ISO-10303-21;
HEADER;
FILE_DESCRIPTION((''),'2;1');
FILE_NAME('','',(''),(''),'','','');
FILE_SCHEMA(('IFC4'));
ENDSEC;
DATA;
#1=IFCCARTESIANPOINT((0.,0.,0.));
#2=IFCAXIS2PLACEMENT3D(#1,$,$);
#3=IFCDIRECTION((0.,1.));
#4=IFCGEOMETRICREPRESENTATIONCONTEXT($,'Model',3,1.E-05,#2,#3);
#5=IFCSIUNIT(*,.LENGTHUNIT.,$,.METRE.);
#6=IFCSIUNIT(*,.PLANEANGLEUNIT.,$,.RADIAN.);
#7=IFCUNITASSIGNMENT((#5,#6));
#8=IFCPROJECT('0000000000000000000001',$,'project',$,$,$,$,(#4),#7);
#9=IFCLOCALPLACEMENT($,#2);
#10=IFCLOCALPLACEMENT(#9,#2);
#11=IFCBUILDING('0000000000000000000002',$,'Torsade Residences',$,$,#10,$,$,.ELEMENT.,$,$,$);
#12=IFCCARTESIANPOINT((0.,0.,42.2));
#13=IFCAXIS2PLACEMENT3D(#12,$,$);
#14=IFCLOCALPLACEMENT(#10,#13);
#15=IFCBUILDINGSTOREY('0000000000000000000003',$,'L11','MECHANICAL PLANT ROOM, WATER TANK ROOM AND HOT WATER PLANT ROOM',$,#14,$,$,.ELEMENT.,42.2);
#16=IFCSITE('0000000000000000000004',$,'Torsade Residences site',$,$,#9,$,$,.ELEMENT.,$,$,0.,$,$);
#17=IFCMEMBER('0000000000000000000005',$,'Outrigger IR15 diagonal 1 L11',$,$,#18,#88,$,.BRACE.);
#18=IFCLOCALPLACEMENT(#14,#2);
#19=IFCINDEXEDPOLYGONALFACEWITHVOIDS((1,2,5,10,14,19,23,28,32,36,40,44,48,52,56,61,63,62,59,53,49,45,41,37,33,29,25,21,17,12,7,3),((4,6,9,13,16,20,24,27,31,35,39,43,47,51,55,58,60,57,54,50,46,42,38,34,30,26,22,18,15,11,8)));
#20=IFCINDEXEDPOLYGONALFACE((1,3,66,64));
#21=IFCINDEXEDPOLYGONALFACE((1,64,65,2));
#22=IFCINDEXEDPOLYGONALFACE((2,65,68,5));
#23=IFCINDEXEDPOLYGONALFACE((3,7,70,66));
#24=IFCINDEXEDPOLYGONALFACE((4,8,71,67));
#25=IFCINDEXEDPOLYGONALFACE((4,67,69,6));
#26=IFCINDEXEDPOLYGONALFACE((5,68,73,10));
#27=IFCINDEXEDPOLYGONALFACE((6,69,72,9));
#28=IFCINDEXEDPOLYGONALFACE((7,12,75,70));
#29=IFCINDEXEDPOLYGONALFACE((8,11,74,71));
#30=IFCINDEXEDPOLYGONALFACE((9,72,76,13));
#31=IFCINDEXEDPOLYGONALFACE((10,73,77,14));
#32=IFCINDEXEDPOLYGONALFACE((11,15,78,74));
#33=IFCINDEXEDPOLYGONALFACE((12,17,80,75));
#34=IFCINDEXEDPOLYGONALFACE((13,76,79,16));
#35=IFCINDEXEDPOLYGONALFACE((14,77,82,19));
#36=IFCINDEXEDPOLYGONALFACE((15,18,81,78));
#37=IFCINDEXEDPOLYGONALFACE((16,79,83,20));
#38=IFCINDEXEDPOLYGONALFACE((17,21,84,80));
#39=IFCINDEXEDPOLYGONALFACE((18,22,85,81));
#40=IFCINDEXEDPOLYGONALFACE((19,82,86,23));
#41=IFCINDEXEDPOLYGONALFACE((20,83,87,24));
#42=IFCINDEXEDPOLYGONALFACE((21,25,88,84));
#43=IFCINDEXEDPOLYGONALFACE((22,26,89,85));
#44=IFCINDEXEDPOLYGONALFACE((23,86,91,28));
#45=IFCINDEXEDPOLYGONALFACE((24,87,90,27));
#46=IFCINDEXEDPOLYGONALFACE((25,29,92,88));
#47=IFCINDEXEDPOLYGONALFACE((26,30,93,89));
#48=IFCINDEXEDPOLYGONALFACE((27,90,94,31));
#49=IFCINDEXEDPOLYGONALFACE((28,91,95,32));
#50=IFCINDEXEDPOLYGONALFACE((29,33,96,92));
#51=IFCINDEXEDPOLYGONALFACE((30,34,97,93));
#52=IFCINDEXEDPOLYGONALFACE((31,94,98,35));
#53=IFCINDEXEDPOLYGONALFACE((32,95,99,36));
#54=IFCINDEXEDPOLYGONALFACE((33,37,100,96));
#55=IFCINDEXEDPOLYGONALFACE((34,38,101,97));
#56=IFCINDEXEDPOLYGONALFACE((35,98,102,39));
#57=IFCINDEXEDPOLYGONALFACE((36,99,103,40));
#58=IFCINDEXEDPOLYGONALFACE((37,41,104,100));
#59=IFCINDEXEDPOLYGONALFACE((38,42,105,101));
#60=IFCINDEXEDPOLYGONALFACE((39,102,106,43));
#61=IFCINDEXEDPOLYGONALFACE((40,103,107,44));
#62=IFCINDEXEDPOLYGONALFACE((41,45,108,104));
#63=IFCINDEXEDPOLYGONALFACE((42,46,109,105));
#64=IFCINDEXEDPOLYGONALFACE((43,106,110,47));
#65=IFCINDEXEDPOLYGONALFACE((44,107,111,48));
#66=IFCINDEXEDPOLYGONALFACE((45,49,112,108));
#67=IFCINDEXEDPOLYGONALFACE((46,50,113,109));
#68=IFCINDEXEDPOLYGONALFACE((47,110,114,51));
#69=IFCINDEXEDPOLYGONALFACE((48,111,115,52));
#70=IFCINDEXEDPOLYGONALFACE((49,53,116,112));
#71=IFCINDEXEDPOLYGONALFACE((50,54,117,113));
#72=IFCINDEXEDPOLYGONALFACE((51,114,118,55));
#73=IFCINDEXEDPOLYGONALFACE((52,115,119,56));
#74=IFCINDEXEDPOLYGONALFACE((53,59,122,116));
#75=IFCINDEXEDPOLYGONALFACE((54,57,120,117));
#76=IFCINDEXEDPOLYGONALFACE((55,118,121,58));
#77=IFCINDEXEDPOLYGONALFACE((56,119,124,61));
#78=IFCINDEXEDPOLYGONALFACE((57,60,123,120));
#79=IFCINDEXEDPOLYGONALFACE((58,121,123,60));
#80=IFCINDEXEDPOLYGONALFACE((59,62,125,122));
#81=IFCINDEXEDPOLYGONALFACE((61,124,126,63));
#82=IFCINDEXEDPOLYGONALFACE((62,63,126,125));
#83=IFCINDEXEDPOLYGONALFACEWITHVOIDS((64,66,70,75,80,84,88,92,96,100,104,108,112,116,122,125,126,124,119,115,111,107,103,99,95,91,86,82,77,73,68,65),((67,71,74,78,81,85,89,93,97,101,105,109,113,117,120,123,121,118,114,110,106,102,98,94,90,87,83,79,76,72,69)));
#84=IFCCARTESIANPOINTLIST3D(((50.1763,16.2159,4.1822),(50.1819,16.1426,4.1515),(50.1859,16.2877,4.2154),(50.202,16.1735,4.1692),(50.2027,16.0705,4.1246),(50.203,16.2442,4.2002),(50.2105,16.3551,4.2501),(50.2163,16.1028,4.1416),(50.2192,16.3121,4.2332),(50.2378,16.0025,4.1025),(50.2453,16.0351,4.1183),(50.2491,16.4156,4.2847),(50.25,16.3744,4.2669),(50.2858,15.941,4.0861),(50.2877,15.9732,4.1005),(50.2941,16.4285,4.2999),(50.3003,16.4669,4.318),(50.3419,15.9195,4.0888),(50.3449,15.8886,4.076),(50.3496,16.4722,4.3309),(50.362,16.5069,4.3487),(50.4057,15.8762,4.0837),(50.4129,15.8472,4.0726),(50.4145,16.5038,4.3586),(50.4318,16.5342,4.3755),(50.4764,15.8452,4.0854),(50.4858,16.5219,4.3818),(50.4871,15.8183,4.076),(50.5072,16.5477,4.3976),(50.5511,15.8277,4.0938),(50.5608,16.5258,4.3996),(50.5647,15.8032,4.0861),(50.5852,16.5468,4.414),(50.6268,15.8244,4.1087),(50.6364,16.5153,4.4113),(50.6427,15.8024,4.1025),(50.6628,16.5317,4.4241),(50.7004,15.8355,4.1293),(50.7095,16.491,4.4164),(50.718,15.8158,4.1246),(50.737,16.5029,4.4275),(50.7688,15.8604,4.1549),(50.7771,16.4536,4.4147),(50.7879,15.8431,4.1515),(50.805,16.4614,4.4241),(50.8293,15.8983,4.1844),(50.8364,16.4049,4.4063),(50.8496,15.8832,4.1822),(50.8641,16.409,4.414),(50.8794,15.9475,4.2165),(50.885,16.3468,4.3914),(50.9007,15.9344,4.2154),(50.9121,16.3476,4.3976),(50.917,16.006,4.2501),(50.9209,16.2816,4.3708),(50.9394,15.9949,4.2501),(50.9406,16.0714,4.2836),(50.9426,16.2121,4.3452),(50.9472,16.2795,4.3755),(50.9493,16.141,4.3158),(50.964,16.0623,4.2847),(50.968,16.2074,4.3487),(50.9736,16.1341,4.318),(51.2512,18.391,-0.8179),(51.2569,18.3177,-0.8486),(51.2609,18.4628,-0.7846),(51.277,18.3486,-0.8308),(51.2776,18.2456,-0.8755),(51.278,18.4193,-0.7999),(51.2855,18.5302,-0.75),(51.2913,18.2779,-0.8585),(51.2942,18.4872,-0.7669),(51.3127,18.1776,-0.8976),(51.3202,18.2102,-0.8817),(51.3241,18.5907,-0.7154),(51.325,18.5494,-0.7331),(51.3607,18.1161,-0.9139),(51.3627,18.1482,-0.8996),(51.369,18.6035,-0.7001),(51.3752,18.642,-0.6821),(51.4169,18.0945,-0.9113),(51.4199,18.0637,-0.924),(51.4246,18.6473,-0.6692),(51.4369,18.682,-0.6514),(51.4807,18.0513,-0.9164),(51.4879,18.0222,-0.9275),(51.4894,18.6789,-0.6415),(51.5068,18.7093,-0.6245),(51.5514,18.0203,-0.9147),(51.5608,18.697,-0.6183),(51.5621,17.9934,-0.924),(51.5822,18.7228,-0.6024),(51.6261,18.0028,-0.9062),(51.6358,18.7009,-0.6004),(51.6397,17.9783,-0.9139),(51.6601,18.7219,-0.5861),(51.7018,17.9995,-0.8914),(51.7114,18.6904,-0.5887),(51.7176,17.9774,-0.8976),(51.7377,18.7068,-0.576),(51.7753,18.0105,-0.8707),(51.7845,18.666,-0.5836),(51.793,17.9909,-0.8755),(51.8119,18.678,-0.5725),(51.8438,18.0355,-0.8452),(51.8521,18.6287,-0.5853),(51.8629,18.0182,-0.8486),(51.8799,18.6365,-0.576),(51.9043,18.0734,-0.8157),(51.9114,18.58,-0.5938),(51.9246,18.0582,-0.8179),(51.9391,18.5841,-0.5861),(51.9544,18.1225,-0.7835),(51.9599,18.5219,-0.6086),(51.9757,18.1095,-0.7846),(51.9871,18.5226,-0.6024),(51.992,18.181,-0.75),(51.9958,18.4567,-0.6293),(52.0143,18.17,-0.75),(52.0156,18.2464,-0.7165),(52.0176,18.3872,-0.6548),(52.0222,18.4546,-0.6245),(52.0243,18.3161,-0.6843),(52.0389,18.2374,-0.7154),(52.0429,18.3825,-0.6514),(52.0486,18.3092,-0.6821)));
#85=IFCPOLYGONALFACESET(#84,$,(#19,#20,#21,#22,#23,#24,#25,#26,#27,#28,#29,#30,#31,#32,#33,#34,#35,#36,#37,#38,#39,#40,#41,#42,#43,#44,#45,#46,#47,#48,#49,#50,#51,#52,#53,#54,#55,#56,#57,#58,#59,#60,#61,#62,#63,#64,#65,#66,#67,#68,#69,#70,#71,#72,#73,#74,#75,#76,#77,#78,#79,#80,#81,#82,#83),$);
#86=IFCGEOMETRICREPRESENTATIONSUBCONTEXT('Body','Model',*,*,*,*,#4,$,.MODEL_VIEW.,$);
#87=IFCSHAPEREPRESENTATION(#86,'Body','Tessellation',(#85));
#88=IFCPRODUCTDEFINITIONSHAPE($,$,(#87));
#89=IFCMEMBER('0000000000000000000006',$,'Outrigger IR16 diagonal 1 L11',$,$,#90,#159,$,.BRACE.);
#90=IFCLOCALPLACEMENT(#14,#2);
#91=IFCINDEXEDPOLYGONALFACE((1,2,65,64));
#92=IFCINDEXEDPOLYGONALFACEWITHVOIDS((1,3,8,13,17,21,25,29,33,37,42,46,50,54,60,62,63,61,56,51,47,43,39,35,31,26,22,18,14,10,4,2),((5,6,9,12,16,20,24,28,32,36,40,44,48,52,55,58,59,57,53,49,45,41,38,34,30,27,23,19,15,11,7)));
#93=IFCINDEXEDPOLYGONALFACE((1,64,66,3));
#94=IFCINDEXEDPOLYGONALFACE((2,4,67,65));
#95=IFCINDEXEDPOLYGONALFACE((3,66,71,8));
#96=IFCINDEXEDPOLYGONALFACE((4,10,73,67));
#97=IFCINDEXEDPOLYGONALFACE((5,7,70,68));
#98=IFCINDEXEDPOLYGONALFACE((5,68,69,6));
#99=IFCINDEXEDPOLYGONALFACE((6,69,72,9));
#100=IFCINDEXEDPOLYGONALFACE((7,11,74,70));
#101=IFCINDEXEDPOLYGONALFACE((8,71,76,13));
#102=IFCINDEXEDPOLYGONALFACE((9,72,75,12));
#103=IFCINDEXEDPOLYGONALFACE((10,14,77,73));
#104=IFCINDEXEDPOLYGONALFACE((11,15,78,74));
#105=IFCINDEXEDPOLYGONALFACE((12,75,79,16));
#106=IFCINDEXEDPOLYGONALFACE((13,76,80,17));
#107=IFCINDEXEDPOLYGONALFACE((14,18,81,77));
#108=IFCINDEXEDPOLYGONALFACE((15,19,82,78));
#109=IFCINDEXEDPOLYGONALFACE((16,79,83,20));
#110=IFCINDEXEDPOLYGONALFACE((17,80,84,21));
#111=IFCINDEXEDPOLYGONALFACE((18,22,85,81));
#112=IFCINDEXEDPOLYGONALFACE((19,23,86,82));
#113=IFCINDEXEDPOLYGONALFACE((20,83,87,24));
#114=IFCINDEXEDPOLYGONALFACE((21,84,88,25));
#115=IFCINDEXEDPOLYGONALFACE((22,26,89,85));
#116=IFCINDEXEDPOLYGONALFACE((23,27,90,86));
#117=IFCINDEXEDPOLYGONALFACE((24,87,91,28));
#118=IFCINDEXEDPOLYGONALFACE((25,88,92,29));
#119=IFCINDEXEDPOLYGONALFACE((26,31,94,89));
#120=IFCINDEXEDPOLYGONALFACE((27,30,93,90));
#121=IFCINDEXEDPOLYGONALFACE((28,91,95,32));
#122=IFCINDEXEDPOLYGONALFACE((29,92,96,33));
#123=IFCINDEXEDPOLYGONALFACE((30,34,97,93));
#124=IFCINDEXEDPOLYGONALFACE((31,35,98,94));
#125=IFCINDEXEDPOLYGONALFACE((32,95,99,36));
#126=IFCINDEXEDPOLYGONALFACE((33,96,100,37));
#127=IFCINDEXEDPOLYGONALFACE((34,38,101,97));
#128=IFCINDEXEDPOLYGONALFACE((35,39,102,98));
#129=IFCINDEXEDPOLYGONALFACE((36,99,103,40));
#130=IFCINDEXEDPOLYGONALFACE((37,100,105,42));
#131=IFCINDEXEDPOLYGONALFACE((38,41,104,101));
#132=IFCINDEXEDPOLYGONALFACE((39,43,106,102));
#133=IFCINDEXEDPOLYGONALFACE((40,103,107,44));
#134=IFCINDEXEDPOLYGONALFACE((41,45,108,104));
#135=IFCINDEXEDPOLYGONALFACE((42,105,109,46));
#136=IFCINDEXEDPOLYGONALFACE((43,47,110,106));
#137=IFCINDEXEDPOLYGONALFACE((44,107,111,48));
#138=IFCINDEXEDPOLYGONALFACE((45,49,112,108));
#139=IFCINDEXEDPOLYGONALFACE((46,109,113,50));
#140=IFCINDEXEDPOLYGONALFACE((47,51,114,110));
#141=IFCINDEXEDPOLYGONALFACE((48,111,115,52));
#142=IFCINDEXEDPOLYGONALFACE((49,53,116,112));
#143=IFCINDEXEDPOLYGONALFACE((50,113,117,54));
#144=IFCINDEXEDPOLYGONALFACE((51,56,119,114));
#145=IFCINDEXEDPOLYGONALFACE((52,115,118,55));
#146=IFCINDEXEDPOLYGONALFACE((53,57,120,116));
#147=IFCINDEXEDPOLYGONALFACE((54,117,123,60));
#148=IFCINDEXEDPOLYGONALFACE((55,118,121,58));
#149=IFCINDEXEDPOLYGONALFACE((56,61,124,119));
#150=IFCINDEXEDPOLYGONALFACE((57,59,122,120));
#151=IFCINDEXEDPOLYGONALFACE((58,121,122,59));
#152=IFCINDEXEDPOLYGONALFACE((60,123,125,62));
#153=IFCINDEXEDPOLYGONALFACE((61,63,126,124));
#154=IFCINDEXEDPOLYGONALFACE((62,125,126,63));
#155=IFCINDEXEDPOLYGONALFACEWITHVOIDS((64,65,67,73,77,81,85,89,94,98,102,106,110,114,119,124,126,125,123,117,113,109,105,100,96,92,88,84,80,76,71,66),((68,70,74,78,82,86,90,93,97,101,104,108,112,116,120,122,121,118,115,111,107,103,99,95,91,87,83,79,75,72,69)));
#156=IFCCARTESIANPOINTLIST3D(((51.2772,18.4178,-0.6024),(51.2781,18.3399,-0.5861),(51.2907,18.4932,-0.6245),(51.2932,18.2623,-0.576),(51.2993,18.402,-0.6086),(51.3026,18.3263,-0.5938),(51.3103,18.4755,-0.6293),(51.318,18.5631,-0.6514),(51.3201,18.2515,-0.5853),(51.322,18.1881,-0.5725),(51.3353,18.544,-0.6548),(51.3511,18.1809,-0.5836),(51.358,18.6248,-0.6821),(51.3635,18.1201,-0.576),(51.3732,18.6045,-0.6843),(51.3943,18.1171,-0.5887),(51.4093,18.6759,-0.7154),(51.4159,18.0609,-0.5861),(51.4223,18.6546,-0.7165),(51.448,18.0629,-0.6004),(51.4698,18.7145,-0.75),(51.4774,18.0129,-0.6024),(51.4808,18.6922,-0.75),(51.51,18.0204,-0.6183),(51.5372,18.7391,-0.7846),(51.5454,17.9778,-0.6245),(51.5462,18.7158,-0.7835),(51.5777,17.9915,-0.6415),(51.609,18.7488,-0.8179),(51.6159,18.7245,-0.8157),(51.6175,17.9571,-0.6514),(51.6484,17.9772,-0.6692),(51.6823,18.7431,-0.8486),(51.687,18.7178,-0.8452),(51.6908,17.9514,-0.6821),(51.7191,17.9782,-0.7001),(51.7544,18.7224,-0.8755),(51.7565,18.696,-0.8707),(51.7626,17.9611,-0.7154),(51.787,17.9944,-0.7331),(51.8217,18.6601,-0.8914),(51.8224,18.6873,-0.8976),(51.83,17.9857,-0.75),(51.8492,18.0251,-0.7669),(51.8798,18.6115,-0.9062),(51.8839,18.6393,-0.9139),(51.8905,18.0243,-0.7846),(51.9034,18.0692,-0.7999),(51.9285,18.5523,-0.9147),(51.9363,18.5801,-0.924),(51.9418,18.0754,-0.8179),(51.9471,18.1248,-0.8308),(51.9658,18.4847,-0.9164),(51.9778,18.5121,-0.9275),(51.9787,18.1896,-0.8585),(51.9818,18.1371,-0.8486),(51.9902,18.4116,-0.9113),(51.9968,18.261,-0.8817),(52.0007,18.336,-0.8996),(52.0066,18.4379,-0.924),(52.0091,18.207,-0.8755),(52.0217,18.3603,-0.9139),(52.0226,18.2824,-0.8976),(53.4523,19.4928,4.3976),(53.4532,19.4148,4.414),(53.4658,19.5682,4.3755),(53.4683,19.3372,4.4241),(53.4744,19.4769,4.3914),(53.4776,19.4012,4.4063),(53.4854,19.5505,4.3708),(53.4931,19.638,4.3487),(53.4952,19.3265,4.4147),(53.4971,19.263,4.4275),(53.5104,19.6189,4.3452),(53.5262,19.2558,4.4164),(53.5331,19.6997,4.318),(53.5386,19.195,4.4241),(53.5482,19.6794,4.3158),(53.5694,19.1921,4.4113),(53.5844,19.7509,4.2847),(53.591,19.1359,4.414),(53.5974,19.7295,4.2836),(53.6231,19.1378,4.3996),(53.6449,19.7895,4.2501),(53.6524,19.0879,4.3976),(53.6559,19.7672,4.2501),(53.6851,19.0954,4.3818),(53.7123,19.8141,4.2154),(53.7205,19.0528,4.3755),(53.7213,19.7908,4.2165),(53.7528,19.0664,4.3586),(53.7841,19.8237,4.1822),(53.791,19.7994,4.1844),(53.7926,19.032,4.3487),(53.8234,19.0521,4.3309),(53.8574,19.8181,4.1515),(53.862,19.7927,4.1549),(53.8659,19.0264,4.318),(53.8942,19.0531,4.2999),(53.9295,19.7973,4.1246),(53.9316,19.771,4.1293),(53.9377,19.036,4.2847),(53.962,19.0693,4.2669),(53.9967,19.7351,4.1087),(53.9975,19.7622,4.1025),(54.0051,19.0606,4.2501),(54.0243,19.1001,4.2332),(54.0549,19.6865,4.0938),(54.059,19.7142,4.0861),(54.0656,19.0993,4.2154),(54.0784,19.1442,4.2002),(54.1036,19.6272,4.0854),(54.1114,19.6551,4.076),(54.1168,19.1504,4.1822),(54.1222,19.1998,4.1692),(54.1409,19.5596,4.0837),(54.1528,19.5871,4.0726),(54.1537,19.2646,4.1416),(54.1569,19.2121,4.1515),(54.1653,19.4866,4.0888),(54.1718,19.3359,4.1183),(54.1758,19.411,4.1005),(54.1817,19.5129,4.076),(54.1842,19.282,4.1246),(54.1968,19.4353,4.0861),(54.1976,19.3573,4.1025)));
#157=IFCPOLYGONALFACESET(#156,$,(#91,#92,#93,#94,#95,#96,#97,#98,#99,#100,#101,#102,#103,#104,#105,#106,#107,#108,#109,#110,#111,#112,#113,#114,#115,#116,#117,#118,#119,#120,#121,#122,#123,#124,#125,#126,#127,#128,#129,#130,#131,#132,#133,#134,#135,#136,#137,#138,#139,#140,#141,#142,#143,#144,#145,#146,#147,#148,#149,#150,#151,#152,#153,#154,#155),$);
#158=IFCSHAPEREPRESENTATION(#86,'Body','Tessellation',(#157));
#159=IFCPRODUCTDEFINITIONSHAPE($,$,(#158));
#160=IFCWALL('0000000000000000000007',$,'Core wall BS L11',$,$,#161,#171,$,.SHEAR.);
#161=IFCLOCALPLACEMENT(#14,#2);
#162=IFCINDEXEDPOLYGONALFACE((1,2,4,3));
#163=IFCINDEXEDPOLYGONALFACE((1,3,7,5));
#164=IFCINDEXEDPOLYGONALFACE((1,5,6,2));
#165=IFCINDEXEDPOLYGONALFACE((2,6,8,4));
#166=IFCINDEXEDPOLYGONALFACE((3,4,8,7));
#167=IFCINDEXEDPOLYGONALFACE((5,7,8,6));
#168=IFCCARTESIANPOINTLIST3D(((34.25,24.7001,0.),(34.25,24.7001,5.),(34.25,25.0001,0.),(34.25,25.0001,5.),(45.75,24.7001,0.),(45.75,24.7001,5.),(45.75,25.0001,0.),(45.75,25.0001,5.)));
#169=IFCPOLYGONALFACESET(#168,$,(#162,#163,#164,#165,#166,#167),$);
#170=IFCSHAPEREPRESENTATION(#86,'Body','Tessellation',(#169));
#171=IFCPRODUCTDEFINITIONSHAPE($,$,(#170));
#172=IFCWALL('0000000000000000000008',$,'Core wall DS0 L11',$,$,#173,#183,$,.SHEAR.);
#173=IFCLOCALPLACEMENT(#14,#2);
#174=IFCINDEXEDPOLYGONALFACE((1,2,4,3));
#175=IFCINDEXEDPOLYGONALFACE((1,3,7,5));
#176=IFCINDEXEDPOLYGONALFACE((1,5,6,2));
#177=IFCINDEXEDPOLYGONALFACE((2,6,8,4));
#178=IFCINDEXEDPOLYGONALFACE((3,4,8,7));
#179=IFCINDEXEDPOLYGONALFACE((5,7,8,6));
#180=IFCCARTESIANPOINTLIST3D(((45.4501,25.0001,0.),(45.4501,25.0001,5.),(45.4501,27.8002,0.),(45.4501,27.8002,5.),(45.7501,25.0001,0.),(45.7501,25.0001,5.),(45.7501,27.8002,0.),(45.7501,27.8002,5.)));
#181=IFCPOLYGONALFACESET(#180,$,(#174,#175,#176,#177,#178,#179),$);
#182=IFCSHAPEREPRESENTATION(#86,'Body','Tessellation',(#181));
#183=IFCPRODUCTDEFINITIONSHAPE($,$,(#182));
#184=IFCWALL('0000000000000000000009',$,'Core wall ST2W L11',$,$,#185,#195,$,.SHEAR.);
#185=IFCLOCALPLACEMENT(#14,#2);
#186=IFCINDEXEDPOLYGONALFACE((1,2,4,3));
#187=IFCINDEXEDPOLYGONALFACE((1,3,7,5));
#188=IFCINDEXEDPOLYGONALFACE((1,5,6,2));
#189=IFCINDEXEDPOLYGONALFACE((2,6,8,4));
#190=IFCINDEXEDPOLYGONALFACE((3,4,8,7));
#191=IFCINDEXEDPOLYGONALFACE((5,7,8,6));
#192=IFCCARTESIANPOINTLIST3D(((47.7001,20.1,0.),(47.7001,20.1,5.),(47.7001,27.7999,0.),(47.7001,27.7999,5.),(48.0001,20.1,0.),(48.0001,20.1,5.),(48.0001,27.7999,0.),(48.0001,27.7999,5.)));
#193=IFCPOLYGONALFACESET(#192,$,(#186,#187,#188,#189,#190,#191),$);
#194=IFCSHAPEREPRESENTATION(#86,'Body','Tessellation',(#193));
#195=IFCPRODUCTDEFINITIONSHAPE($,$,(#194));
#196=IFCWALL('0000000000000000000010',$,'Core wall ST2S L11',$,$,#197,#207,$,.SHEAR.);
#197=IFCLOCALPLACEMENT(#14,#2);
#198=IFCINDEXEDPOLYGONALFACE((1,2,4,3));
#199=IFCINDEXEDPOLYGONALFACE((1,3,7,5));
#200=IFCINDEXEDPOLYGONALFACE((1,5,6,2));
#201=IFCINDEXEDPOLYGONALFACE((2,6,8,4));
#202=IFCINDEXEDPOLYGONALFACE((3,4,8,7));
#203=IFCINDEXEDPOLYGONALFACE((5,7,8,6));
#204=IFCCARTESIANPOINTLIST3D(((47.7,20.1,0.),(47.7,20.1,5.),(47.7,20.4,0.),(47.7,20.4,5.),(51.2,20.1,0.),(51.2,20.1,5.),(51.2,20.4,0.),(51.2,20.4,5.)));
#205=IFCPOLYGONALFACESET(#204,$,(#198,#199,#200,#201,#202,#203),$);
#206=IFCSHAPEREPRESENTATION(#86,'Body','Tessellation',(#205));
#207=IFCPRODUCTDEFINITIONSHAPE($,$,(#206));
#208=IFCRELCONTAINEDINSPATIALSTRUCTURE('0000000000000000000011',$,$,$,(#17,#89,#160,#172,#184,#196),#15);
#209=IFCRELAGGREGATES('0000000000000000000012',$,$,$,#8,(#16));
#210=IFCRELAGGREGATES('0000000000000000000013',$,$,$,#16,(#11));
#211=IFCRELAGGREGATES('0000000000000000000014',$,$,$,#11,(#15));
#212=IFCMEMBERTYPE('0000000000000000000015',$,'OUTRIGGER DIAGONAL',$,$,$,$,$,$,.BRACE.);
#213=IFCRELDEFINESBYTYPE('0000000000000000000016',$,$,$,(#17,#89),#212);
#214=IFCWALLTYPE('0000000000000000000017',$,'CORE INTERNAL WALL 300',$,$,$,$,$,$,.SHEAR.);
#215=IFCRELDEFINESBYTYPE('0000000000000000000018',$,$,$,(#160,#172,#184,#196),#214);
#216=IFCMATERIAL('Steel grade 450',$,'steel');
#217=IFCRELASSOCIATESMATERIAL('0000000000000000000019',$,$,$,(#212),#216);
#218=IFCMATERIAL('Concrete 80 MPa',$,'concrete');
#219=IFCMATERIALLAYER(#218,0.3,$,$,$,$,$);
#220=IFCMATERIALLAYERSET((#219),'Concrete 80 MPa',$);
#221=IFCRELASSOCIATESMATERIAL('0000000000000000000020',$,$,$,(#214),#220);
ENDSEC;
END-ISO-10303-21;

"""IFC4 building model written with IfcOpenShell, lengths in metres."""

from ifc_helpers import new_model, si_unit, direction, frame, frame_2d, origin, origin_2d, place, context, subcontext, project, spatial, rectangle, hollow_circle, extrude, material, layer, layer_set, material_profile, profile_set, type_object, element, save


model = new_model("IFC4")

# Units and contexts
model_context = context("Model", 3, precision=1e-05, world=origin(), true_north=direction((0.0, 1.0)))
body_context = subcontext(model_context, "Body", "Model", "MODEL_VIEW")
ifc_project = project(units=[si_unit("LENGTHUNIT", "METRE"), si_unit("PLANEANGLEUNIT", "RADIAN")], contexts=[model_context])

# Site, building, storey
site_placement = place(None, origin())
site = spatial("IfcSite", under=ifc_project, at=site_placement, Name="Torsade Residences site", CompositionType="ELEMENT", RefElevation=0.0)
building_placement = place(site_placement, origin())
building = spatial("IfcBuilding", under=site, at=building_placement, Name="Torsade Residences", CompositionType="ELEMENT")
storey_placement = place(building_placement, frame((0.0, 0.0, 42.2)))
storey = spatial("IfcBuildingStorey", under=building, at=storey_placement, Name="L11", Description="MECHANICAL PLANT ROOM, WATER TANK ROOM AND HOT WATER PLANT ROOM", CompositionType="ELEMENT", Elevation=42.2)

# Members
ifc_material_1 = material(Name="Steel grade 450", Category="steel")
ifc_material_profile_1 = material_profile(ifc_material_1, hollow_circle(Radius=0.4065, WallThickness=0.0249, at=origin_2d()), Name="813.0x25.0CHS")
ifc_profile_set_1 = profile_set([ifc_material_profile_1], Name="Steel grade 450")
member_type_1 = type_object("IfcMemberType", Name="OUTRIGGER DIAGONAL", PredefinedType="BRACE", material=ifc_profile_set_1)
for number, where, z_axis, x_axis, name in (
    (1, (51.6499, 18.3501, -0.75), (-0.193422, -0.391368, 0.899677), (0.896491, -0.443063, 0.0), "Outrigger IR15 diagonal 1 L11"),
    (2, (51.6499, 18.3501, -0.75), (0.391368, 0.193422, 0.899677), (-0.443063, 0.896491, 0.0), "Outrigger IR16 diagonal 1 L11"),
):
    element("IfcMember", number, at=place(storey_placement, frame(where, z_axis=z_axis, x_axis=x_axis)), inside=storey, type_object=member_type_1, Name=name, PredefinedType="BRACE", context=body_context, shape_type="SweptSolid", body=[
        extrude(hollow_circle(Radius=0.4065, WallThickness=0.0249, at=origin_2d()), origin(), (0.0, 0.0, 1.0), 5.5576),
    ])

# Walls
ifc_material_2 = material(Name="Concrete 80 MPa", Category="concrete")
ifc_layer_1 = layer(ifc_material_2, 0.3)
ifc_layer_set_1 = layer_set([ifc_layer_1], Name="Concrete 80 MPa")
wall_type_1 = type_object("IfcWallType", Name="CORE INTERNAL WALL 300", PredefinedType="SHEAR", material=ifc_layer_set_1)
wall_1_placement = place(storey_placement, frame((45.75, 24.8501, 0.0), z_axis=(0.0, 0.0, 1.0), x_axis=(-1.0, 0.0, 0.0)))
element("IfcWall", 3, at=wall_1_placement, inside=storey, type_object=wall_type_1, Name="Core wall BS L11", PredefinedType="SHEAR", context=body_context, shape_type="SweptSolid", body=[
    extrude(rectangle(XDim=11.5, YDim=0.3, at=frame_2d((5.75, 0.0))), origin(), (0.0, 0.0, 1.0), 5.0),
])
wall_2_placement = place(storey_placement, frame((45.6001, 27.8, 0.0), z_axis=(0.0, 0.0, 1.0), x_axis=(0.0, -1.0, 0.0)))
element("IfcWall", 4, at=wall_2_placement, inside=storey, type_object=wall_type_1, Name="Core wall DS0 L11", PredefinedType="SHEAR", context=body_context, shape_type="SweptSolid", body=[
    extrude(rectangle(XDim=2.8, YDim=0.3, at=frame_2d((1.3999, 0.0))), origin(), (0.0, 0.0, 1.0), 5.0),
])
wall_3_placement = place(storey_placement, frame((47.8501, 27.8, 0.0), z_axis=(0.0, 0.0, 1.0), x_axis=(0.0, -1.0, 0.0)))
element("IfcWall", 5, at=wall_3_placement, inside=storey, type_object=wall_type_1, Name="Core wall ST2W L11", PredefinedType="SHEAR", context=body_context, shape_type="SweptSolid", body=[
    extrude(rectangle(XDim=7.7, YDim=0.3, at=frame_2d((3.8501, 0.0))), origin(), (0.0, 0.0, 1.0), 5.0),
])
wall_4_placement = place(storey_placement, frame((51.2, 20.25, 0.0), z_axis=(0.0, 0.0, 1.0), x_axis=(-1.0, 0.0, 0.0)))
element("IfcWall", 6, at=wall_4_placement, inside=storey, type_object=wall_type_1, Name="Core wall ST2S L11", PredefinedType="SHEAR", context=body_context, shape_type="SweptSolid", body=[
    extrude(rectangle(XDim=3.5, YDim=0.3, at=frame_2d((1.75, 0.0))), origin(), (0.0, 0.0, 1.0), 5.0),
])

save(model, "model.ifc")
